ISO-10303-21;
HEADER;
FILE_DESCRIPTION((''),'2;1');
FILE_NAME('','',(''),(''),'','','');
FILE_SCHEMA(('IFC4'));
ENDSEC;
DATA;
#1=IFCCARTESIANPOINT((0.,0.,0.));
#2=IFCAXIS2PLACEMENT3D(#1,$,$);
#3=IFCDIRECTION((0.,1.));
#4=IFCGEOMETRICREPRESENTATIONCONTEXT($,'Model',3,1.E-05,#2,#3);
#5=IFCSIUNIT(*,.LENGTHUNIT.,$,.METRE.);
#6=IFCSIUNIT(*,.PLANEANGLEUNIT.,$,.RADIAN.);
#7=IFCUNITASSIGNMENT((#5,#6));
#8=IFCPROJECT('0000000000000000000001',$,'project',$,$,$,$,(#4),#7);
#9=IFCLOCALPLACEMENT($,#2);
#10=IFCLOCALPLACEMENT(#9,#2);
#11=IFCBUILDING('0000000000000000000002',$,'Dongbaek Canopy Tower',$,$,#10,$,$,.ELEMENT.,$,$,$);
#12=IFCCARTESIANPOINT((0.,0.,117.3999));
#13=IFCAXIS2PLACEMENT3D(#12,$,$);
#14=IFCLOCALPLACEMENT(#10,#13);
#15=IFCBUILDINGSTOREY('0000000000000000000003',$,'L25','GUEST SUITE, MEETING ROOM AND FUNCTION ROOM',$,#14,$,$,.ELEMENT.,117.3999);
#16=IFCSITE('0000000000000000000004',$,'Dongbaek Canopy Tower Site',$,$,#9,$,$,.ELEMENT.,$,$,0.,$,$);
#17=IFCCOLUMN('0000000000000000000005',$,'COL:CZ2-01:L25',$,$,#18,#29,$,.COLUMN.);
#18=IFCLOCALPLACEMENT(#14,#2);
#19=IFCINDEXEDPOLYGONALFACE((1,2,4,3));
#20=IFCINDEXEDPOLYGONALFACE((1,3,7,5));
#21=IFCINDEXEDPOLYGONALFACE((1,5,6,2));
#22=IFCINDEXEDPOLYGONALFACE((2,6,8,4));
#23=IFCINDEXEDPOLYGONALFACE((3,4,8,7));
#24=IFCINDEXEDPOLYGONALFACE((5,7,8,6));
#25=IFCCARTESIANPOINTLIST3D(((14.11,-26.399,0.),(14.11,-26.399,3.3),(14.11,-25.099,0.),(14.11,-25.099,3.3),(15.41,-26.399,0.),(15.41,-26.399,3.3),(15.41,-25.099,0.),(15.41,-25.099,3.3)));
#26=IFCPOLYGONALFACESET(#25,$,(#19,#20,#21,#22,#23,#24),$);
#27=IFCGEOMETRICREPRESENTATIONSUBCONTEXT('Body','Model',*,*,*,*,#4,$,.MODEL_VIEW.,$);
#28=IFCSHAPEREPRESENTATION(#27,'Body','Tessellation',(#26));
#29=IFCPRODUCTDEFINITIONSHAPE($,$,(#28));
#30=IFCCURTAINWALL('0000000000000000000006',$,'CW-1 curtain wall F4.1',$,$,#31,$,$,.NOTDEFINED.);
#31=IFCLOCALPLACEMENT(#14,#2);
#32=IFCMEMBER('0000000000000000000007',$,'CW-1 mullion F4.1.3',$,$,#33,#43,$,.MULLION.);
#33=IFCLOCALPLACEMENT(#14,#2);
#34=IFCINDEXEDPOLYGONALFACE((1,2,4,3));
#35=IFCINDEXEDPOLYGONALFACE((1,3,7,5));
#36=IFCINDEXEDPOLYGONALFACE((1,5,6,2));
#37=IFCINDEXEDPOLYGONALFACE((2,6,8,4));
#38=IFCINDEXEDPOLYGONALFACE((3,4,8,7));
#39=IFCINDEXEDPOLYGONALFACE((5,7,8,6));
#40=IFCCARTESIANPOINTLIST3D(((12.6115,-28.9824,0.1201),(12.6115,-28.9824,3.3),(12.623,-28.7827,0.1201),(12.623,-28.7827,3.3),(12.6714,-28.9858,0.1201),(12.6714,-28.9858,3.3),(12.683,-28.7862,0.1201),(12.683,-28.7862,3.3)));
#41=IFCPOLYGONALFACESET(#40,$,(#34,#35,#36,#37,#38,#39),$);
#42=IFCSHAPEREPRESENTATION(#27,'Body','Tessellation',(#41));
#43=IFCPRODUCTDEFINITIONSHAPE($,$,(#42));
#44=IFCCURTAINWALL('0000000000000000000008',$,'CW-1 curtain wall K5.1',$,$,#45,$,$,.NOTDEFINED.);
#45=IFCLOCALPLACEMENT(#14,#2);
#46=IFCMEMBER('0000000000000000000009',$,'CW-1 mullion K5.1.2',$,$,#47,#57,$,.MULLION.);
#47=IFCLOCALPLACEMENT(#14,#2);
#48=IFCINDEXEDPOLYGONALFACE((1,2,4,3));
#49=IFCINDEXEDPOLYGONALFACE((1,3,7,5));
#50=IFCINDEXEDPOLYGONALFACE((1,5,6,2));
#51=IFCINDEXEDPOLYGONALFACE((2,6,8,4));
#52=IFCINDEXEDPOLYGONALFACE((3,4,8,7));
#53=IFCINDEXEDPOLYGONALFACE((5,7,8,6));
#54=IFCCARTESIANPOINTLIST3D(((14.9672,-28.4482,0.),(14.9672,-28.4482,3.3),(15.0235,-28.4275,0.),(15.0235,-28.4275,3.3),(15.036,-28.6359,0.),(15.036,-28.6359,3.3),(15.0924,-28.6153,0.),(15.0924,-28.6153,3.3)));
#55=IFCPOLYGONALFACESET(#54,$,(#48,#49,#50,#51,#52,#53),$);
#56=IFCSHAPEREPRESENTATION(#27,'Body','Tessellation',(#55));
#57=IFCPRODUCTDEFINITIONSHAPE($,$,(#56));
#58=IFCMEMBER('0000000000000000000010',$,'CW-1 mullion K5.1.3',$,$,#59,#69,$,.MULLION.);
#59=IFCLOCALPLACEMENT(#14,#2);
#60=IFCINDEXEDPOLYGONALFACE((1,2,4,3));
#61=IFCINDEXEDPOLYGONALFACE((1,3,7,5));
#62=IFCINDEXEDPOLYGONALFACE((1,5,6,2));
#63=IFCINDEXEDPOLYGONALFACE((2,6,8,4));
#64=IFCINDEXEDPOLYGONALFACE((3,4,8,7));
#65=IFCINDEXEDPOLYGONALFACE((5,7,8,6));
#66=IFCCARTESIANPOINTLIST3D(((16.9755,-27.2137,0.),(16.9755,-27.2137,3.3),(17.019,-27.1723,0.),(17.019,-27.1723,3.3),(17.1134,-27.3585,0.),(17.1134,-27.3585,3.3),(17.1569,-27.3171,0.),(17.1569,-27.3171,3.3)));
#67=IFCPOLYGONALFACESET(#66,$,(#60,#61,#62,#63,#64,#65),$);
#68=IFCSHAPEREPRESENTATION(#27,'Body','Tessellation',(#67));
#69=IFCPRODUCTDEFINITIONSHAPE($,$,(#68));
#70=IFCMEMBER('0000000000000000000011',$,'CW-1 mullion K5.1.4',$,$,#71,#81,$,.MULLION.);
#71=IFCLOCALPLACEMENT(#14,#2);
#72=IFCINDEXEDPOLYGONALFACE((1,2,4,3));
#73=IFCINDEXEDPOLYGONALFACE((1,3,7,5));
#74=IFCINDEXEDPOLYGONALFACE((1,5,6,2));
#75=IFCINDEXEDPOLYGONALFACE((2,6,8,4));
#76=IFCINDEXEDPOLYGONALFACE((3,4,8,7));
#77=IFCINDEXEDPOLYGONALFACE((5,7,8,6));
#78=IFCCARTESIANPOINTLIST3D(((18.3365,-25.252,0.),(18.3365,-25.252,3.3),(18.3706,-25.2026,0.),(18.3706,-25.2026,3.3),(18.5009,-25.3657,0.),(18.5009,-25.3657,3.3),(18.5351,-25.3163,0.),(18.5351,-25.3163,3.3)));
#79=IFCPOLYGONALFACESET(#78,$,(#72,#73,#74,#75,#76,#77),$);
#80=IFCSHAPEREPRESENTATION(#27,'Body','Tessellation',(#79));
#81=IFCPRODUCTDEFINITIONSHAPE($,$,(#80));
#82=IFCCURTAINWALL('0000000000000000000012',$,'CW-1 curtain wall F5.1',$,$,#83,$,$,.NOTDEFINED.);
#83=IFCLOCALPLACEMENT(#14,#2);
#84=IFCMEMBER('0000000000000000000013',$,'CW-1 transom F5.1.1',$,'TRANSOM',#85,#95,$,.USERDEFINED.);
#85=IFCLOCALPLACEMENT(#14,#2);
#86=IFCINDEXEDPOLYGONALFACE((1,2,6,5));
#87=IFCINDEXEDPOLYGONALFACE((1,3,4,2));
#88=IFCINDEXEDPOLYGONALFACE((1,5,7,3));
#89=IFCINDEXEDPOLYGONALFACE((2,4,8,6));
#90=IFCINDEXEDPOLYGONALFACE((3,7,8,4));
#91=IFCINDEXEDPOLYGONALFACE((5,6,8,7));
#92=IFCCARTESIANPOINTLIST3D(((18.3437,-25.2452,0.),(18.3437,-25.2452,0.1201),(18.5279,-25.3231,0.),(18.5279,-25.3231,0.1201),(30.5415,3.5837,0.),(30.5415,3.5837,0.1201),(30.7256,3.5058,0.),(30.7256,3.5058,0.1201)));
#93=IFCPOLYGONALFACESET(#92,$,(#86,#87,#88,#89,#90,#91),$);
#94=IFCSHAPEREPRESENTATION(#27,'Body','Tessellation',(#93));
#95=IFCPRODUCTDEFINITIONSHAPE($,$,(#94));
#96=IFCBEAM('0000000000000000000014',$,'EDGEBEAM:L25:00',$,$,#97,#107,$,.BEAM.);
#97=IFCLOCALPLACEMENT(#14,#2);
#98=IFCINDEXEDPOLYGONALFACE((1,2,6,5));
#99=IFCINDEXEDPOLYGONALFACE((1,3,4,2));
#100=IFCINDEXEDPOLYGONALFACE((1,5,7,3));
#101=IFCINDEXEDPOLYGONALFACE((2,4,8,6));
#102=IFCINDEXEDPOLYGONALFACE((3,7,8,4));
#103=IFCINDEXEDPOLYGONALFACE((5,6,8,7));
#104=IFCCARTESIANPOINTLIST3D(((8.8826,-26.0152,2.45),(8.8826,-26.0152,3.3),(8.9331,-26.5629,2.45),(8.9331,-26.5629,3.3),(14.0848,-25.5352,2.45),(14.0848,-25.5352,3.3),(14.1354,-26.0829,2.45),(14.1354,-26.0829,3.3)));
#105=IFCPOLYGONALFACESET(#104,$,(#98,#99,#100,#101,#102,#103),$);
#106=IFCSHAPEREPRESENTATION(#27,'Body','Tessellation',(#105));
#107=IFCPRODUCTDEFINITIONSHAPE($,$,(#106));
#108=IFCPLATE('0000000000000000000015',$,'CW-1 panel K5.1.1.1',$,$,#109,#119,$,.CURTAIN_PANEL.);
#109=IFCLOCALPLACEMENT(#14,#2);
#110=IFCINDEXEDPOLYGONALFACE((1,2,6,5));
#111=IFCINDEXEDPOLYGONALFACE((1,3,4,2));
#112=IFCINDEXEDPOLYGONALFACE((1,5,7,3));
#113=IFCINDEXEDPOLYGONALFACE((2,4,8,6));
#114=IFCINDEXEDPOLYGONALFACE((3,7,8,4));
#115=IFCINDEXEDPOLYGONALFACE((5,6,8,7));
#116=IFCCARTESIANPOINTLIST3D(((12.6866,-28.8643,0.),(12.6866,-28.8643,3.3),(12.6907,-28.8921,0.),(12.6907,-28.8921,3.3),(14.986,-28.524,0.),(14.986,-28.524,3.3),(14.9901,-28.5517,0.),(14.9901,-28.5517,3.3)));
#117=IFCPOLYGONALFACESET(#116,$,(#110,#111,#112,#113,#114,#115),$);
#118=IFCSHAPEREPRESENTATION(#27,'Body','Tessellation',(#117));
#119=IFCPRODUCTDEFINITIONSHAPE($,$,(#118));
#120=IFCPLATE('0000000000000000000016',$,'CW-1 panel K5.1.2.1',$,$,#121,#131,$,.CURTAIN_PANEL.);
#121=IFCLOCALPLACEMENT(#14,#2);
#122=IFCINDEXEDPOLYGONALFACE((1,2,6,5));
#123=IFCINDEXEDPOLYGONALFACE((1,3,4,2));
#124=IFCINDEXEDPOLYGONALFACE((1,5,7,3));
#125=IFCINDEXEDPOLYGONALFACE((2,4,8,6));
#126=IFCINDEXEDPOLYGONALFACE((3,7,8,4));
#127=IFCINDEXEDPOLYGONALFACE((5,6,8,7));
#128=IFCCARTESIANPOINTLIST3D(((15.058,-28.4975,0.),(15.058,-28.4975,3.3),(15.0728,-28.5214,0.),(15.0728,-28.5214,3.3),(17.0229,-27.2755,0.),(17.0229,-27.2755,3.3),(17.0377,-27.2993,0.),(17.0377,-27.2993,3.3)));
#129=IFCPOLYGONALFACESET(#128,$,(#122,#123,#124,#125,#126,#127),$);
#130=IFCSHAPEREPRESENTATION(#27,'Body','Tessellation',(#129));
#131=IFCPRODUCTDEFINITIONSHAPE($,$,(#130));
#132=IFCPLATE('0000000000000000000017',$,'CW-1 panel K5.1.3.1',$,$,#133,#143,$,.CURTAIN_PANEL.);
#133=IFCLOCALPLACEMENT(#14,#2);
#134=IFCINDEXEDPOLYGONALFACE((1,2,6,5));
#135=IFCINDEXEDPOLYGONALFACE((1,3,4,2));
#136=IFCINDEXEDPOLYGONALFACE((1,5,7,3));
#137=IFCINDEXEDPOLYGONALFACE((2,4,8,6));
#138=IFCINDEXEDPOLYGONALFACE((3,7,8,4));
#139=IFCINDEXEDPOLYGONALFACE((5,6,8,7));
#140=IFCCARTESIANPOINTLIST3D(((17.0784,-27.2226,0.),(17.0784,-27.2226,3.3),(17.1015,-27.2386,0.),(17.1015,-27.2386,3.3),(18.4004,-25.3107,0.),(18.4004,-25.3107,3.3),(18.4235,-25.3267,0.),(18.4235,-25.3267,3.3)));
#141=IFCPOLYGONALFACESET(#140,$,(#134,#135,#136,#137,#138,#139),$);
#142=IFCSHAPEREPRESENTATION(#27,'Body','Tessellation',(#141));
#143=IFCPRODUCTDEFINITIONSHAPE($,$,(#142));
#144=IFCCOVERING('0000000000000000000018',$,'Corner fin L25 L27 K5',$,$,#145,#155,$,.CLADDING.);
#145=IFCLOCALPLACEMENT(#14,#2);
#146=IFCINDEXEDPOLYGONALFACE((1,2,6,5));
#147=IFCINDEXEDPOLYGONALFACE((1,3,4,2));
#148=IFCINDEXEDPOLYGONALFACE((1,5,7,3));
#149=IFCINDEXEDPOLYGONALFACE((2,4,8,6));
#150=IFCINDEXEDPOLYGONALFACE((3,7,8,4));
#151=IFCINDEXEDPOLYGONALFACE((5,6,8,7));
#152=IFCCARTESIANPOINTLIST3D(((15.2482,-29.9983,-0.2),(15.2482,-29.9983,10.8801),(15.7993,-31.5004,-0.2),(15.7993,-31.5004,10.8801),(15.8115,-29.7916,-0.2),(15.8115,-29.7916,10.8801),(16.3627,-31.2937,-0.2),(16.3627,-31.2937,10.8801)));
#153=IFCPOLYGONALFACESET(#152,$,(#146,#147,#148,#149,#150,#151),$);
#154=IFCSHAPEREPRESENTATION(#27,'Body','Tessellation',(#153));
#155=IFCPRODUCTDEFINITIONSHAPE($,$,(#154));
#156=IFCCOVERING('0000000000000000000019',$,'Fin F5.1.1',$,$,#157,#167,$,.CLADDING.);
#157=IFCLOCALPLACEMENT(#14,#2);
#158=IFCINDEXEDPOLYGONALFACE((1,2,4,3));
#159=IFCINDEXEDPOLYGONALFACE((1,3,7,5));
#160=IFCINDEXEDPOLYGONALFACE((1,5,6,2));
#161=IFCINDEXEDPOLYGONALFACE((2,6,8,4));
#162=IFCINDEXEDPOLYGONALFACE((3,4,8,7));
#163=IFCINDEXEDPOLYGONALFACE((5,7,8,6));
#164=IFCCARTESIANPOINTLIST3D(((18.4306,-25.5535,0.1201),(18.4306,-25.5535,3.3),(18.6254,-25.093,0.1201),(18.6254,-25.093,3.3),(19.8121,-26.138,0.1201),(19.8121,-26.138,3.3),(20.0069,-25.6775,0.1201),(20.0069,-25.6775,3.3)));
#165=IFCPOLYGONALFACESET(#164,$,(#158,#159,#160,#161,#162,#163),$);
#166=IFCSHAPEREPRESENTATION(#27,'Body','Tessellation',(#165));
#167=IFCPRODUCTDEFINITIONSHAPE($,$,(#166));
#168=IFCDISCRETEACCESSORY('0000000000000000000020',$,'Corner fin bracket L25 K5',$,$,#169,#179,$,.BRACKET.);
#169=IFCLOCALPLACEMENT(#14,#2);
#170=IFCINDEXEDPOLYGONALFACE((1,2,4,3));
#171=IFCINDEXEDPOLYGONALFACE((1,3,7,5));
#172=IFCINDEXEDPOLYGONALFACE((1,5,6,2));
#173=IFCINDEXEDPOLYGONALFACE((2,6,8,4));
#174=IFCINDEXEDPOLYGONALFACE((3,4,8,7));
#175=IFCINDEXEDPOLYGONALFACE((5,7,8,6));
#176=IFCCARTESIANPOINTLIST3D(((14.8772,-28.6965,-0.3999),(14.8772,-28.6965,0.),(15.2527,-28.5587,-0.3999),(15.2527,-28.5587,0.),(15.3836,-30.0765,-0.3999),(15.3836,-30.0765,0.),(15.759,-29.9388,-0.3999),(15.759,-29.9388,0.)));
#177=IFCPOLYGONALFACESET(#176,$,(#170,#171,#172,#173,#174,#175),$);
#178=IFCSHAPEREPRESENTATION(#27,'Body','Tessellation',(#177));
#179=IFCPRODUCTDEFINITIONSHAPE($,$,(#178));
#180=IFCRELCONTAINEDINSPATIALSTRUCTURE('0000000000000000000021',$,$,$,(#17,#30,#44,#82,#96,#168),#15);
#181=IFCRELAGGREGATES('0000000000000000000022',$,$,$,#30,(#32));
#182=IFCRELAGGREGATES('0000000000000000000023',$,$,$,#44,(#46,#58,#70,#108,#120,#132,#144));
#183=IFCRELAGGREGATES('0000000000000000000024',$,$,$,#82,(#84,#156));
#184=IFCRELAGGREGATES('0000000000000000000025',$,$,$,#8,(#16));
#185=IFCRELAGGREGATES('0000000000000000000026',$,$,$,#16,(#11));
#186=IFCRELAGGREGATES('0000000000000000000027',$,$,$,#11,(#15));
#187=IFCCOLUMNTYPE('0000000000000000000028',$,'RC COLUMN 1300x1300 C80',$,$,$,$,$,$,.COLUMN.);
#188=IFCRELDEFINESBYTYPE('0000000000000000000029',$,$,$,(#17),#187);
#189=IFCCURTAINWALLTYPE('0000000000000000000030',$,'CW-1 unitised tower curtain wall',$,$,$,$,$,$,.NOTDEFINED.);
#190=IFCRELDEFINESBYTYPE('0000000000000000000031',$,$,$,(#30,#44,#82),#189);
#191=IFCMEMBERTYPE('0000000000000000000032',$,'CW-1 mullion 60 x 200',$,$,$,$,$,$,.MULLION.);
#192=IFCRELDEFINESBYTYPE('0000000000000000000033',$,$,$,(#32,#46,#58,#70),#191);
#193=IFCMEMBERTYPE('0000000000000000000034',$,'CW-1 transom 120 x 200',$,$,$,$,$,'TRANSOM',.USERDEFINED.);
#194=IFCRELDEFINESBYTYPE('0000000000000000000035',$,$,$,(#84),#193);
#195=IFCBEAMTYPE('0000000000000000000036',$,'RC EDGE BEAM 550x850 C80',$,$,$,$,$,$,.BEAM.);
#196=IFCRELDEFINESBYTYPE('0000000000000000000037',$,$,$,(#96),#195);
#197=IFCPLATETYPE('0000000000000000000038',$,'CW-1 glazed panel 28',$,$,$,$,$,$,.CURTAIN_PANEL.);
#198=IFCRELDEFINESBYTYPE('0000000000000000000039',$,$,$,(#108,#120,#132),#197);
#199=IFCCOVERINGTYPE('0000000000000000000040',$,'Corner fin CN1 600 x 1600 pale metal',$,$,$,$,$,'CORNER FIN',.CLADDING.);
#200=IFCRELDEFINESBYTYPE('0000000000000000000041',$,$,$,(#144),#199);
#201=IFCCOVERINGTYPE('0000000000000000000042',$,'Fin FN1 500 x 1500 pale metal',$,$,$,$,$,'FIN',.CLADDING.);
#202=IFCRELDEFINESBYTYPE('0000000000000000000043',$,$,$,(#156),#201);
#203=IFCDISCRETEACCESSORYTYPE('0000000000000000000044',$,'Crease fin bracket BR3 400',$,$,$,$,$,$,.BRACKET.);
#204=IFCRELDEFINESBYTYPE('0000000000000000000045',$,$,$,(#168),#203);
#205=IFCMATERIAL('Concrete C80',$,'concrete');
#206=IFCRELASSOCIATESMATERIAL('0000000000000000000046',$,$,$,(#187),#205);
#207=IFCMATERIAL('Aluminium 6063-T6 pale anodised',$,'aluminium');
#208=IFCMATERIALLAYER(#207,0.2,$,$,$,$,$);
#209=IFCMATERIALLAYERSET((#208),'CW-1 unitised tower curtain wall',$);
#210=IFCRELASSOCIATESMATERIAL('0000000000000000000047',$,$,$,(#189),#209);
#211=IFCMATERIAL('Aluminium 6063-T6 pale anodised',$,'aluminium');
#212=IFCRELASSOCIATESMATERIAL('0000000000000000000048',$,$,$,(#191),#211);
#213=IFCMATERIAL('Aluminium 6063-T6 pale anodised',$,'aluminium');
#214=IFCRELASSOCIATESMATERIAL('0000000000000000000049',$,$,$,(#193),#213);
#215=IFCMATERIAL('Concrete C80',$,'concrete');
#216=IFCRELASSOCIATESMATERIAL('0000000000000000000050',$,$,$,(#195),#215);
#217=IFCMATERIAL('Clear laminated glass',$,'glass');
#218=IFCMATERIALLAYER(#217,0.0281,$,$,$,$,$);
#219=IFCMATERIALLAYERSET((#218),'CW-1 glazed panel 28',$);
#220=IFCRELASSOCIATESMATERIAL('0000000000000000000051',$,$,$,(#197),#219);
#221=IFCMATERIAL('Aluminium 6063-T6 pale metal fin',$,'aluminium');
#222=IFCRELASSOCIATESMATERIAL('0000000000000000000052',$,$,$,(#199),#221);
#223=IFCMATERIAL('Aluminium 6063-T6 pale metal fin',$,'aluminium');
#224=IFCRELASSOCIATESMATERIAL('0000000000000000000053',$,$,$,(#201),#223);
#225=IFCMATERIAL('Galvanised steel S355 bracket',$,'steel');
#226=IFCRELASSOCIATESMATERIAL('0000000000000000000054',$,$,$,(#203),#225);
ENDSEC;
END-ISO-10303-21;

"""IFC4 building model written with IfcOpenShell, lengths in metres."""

from ifc_helpers import new_model, si_unit, direction, frame, origin, origin_2d, place, context, subcontext, project, spatial, rectangle, extrude, material, layer, layer_set, material_profile, profile_set, type_object, element, aggregate, save


model = new_model("IFC4")

# Units and contexts
model_context = context("Model", 3, precision=1e-05, world=origin(), true_north=direction((0.0, 1.0)))
body_context = subcontext(model_context, "Body", "Model", "MODEL_VIEW")
ifc_project = project(units=[si_unit("LENGTHUNIT", "METRE"), si_unit("PLANEANGLEUNIT", "RADIAN")], contexts=[model_context])

# Site, building, storey
site_placement = place(None, origin())
site = spatial("IfcSite", under=ifc_project, at=site_placement, Name="Dongbaek Canopy Tower Site", CompositionType="ELEMENT", RefElevation=0.0)
building_placement = place(site_placement, origin())
building = spatial("IfcBuilding", under=site, at=building_placement, Name="Dongbaek Canopy Tower", CompositionType="ELEMENT")
storey_placement = place(building_placement, frame((0.0, 0.0, 117.3999)))
storey = spatial("IfcBuildingStorey", under=building, at=storey_placement, Name="L25", Description="GUEST SUITE, MEETING ROOM AND FUNCTION ROOM", CompositionType="ELEMENT", Elevation=117.3999)

# Column
ifc_material_1 = material(Name="Concrete C80", Category="concrete")
ifc_material_profile_1 = material_profile(ifc_material_1, rectangle(XDim=1.3, YDim=1.3, at=origin_2d()), Name="RC COLUMN 1300x1300 C80")
ifc_profile_set_1 = profile_set([ifc_material_profile_1], Name="Concrete C80")
column_type = type_object("IfcColumnType", Name="RC COLUMN 1300x1300 C80", PredefinedType="COLUMN", material=ifc_profile_set_1)
column_placement = place(storey_placement, frame((14.76, -25.749, 0.0), z_axis=(0.0, 0.0, 1.0), x_axis=(1.0, 0.0, 0.0)))
element("IfcColumn", 1, at=column_placement, inside=storey, type_object=column_type, Name="COL:CZ2-01:L25", PredefinedType="COLUMN", context=body_context, shape_type="SweptSolid", body=[
    extrude(rectangle(XDim=1.3, YDim=1.3, at=origin_2d()), origin(), (0.0, 0.0, 1.0), 3.3),
])

# Curtain wall, member
ifc_material_2 = material(Name="Aluminium 6063-T6 pale anodised", Category="aluminium")
ifc_layer_1 = layer(ifc_material_2, 0.2)
ifc_layer_set_1 = layer_set([ifc_layer_1], Name="CW-1 unitised tower curtain wall")
curtain_wall_type = type_object("IfcCurtainWallType", Name="CW-1 unitised tower curtain wall", PredefinedType="NOTDEFINED", material=ifc_layer_set_1)
curtain_wall_1_placement = place(storey_placement, origin())
curtain_wall_1 = element("IfcCurtainWall", 2, at=curtain_wall_1_placement, inside=storey, type_object=curtain_wall_type, Name="CW-1 curtain wall F4.1", PredefinedType="NOTDEFINED")
ifc_material_3 = material(Name="Aluminium 6063-T6 pale anodised", Category="aluminium")
ifc_material_profile_2 = material_profile(ifc_material_3, rectangle(XDim=0.2, YDim=0.0601, at=origin_2d()), Name="CW-1 mullion 60 x 200")
ifc_profile_set_2 = profile_set([ifc_material_profile_2], Name="Aluminium 6063-T6 pale anodised")
member_type_1 = type_object("IfcMemberType", Name="CW-1 mullion 60 x 200", PredefinedType="MULLION", material=ifc_profile_set_2)
member_1_placement = place(storey_placement, frame((12.6472, -28.8843, 0.1201), z_axis=(0.0, 0.0, 1.0), x_axis=(-0.057753, -0.998331, 0.0)))
member_1 = element("IfcMember", 3, at=member_1_placement, type_object=member_type_1, Name="CW-1 mullion F4.1.3", PredefinedType="MULLION", context=body_context, shape_type="SweptSolid", body=[
    extrude(rectangle(XDim=0.2, YDim=0.0601, at=origin_2d()), origin(), (0.0, 0.0, 1.0), 3.1799),
])
aggregate(curtain_wall_1, [member_1])

# Curtain wall, members
curtain_wall_2_placement = place(storey_placement, origin())
curtain_wall_2 = element("IfcCurtainWall", 4, at=curtain_wall_2_placement, inside=storey, type_object=curtain_wall_type, Name="CW-1 curtain wall K5.1", PredefinedType="NOTDEFINED")
member_2_placement = place(storey_placement, frame((15.0298, -28.5317, 0.0), z_axis=(0.0, 0.0, 1.0), x_axis=(0.344451, -0.938804, 0.0)))
member_2 = element("IfcMember", 5, at=member_2_placement, type_object=member_type_1, Name="CW-1 mullion K5.1.2", PredefinedType="MULLION", context=body_context, shape_type="SweptSolid", body=[
    extrude(rectangle(XDim=0.2, YDim=0.0601, at=origin_2d()), origin(), (0.0, 0.0, 1.0), 3.3),
])
member_3_placement = place(storey_placement, frame((17.0662, -27.2654, 0.0), z_axis=(0.0, 0.0, 1.0), x_axis=(0.689713, -0.724083, 0.0)))
member_3 = element("IfcMember", 6, at=member_3_placement, type_object=member_type_1, Name="CW-1 mullion K5.1.3", PredefinedType="MULLION", context=body_context, shape_type="SweptSolid", body=[
    extrude(rectangle(XDim=0.2, YDim=0.0601, at=origin_2d()), origin(), (0.0, 0.0, 1.0), 3.3),
])
member_4_placement = place(storey_placement, frame((18.4358, -25.2842, 0.0), z_axis=(0.0, 0.0, 1.0), x_axis=(0.822511, -0.568749, 0.0)))
member_4 = element("IfcMember", 7, at=member_4_placement, type_object=member_type_1, Name="CW-1 mullion K5.1.4", PredefinedType="MULLION", context=body_context, shape_type="SweptSolid", body=[
    extrude(rectangle(XDim=0.2, YDim=0.0601, at=origin_2d()), origin(), (0.0, 0.0, 1.0), 3.3),
])

# Curtain wall, member
curtain_wall_3_placement = place(storey_placement, origin())
curtain_wall_3 = element("IfcCurtainWall", 8, at=curtain_wall_3_placement, inside=storey, type_object=curtain_wall_type, Name="CW-1 curtain wall F5.1", PredefinedType="NOTDEFINED")
ifc_material_4 = material(Name="Aluminium 6063-T6 pale anodised", Category="aluminium")
ifc_material_profile_3 = material_profile(ifc_material_4, rectangle(XDim=0.2, YDim=0.1201, at=origin_2d()), Name="CW-1 transom 120 x 200")
ifc_profile_set_3 = profile_set([ifc_material_profile_3], Name="Aluminium 6063-T6 pale anodised")
member_type_2 = type_object("IfcMemberType", Name="CW-1 transom 120 x 200", ElementType="TRANSOM", PredefinedType="USERDEFINED", material=ifc_profile_set_3)
member_5_placement = place(storey_placement, frame((18.4358, -25.2842, 0.0601), z_axis=(0.389665, 0.920957, 0.0), x_axis=(-0.920957, 0.389665, 0.0)))
member_5 = element("IfcMember", 9, at=member_5_placement, type_object=member_type_2, Name="CW-1 transom F5.1.1", ObjectType="TRANSOM", PredefinedType="USERDEFINED", context=body_context, shape_type="SweptSolid", body=[
    extrude(rectangle(XDim=0.2, YDim=0.1201, at=origin_2d()), origin(), (0.0, 0.0, 1.0), 31.3032),
])

# Beam
ifc_material_5 = material(Name="Concrete C80", Category="concrete")
ifc_material_profile_4 = material_profile(ifc_material_5, rectangle(XDim=0.55, YDim=0.8501, at=origin_2d()), Name="RC EDGE BEAM 550x850 C80")
ifc_profile_set_4 = profile_set([ifc_material_profile_4], Name="Concrete C80")
beam_type = type_object("IfcBeamType", Name="RC EDGE BEAM 550x850 C80", PredefinedType="BEAM", material=ifc_profile_set_4)
beam_placement = place(storey_placement, frame((14.1101, -25.8091, 2.875), z_axis=(-0.99577, -0.091876, 0.0), x_axis=(0.091876, -0.99577, 0.0)))
element("IfcBeam", 10, at=beam_placement, inside=storey, type_object=beam_type, Name="EDGEBEAM:L25:00", PredefinedType="BEAM", context=body_context, shape_type="SweptSolid", body=[
    extrude(rectangle(XDim=0.55, YDim=0.8501, at=origin_2d()), origin(), (0.0, 0.0, 1.0), 5.2244),
])

# Plates
ifc_material_6 = material(Name="Clear laminated glass", Category="glass")
ifc_layer_2 = layer(ifc_material_6, 0.0281)
ifc_layer_set_2 = layer_set([ifc_layer_2], Name="CW-1 glazed panel 28")
plate_type = type_object("IfcPlateType", Name="CW-1 glazed panel 28", PredefinedType="CURTAIN_PANEL", material=ifc_layer_set_2)
plate_1_placement = place(storey_placement, frame((13.8384, -28.708, 0.0), z_axis=(0.0, 0.0, 1.0), x_axis=(0.989225, 0.146406, 0.0)))
plate_1 = element("IfcPlate", 11, at=plate_1_placement, type_object=plate_type, Name="CW-1 panel K5.1.1.1", PredefinedType="CURTAIN_PANEL", context=body_context, shape_type="SweptSolid", body=[
    extrude(rectangle(XDim=2.3245, YDim=0.0281, at=origin_2d()), origin(), (0.0, 0.0, 1.0), 3.3),
])
plate_2_placement = place(storey_placement, frame((16.0479, -27.8984, 0.0), z_axis=(0.0, 0.0, 1.0), x_axis=(0.849176, 0.52811, 0.0)))
plate_2 = element("IfcPlate", 12, at=plate_2_placement, type_object=plate_type, Name="CW-1 panel K5.1.2.1", PredefinedType="CURTAIN_PANEL", context=body_context, shape_type="SweptSolid", body=[
    extrude(rectangle(XDim=2.314, YDim=0.0281, at=origin_2d()), origin(), (0.0, 0.0, 1.0), 3.3),
])
plate_3_placement = place(storey_placement, frame((17.751, -26.2747, 0.0), z_axis=(0.0, 0.0, 1.0), x_axis=(0.568749, 0.822511, 0.0)))
plate_3 = element("IfcPlate", 13, at=plate_3_placement, type_object=plate_type, Name="CW-1 panel K5.1.3.1", PredefinedType="CURTAIN_PANEL", context=body_context, shape_type="SweptSolid", body=[
    extrude(rectangle(XDim=2.3245, YDim=0.0281, at=origin_2d()), origin(), (0.0, 0.0, 1.0), 3.3),
])

# Coverings
ifc_material_7 = material(Name="Aluminium 6063-T6 pale metal fin", Category="aluminium")
ifc_material_profile_5 = material_profile(ifc_material_7, rectangle(XDim=1.6001, YDim=0.6001, at=origin_2d()), Name="Corner fin CN1 600 x 1600 pale metal")
ifc_profile_set_5 = profile_set([ifc_material_profile_5], Name="Aluminium 6063-T6 pale metal fin")
covering_type_1 = type_object("IfcCoveringType", Name="Corner fin CN1 600 x 1600 pale metal", ElementType="CORNER FIN", PredefinedType="CLADDING", material=ifc_profile_set_5)
covering_1_placement = place(storey_placement, frame((15.8054, -30.646, -0.2), z_axis=(0.0, 0.0, 1.0), x_axis=(0.344451, -0.938804, 0.0)))
covering_1 = element("IfcCovering", 14, at=covering_1_placement, type_object=covering_type_1, Name="Corner fin L25 L27 K5", PredefinedType="CLADDING", context=body_context, shape_type="SweptSolid", body=[
    extrude(rectangle(XDim=1.6001, YDim=0.6001, at=origin_2d()), origin(), (0.0, 0.0, 1.0), 11.0801),
])
aggregate(curtain_wall_2, [member_2, member_3, member_4, plate_1, plate_2, plate_3, covering_1])
ifc_material_8 = material(Name="Aluminium 6063-T6 pale metal fin", Category="aluminium")
ifc_material_profile_6 = material_profile(ifc_material_8, rectangle(XDim=1.5, YDim=0.5, at=origin_2d()), Name="Fin FN1 500 x 1500 pale metal")
ifc_profile_set_6 = profile_set([ifc_material_profile_6], Name="Aluminium 6063-T6 pale metal fin")
covering_type_2 = type_object("IfcCoveringType", Name="Fin FN1 500 x 1500 pale metal", ElementType="FIN", PredefinedType="CLADDING", material=ifc_profile_set_6)
covering_2_placement = place(storey_placement, frame((19.2188, -25.6155, 0.1201), z_axis=(0.0, 0.0, 1.0), x_axis=(0.920958, -0.389663, 0.0)))
covering_2 = element("IfcCovering", 15, at=covering_2_placement, type_object=covering_type_2, Name="Fin F5.1.1", PredefinedType="CLADDING", context=body_context, shape_type="SweptSolid", body=[
    extrude(rectangle(XDim=1.5, YDim=0.5, at=origin_2d()), origin(), (0.0, 0.0, 1.0), 3.1799),
])
aggregate(curtain_wall_3, [member_5, covering_2])

# Discrete accessory
ifc_material_9 = material(Name="Galvanised steel S355 bracket", Category="steel")
discrete_accessory_type = type_object("IfcDiscreteAccessoryType", Name="Crease fin bracket BR3 400", PredefinedType="BRACKET", material=ifc_material_9)
discrete_accessory_placement = place(storey_placement, frame((15.3181, -29.3176, -0.3999), z_axis=(0.0, 0.0, 1.0), x_axis=(0.344451, -0.938804, 0.0)))
element("IfcDiscreteAccessory", 16, at=discrete_accessory_placement, inside=storey, type_object=discrete_accessory_type, Name="Corner fin bracket L25 K5", PredefinedType="BRACKET", context=body_context, shape_type="SweptSolid", body=[
    extrude(rectangle(XDim=1.47, YDim=0.3999, at=origin_2d()), origin(), (0.0, 0.0, 1.0), 0.3999),
])

save(model, "model.ifc")
